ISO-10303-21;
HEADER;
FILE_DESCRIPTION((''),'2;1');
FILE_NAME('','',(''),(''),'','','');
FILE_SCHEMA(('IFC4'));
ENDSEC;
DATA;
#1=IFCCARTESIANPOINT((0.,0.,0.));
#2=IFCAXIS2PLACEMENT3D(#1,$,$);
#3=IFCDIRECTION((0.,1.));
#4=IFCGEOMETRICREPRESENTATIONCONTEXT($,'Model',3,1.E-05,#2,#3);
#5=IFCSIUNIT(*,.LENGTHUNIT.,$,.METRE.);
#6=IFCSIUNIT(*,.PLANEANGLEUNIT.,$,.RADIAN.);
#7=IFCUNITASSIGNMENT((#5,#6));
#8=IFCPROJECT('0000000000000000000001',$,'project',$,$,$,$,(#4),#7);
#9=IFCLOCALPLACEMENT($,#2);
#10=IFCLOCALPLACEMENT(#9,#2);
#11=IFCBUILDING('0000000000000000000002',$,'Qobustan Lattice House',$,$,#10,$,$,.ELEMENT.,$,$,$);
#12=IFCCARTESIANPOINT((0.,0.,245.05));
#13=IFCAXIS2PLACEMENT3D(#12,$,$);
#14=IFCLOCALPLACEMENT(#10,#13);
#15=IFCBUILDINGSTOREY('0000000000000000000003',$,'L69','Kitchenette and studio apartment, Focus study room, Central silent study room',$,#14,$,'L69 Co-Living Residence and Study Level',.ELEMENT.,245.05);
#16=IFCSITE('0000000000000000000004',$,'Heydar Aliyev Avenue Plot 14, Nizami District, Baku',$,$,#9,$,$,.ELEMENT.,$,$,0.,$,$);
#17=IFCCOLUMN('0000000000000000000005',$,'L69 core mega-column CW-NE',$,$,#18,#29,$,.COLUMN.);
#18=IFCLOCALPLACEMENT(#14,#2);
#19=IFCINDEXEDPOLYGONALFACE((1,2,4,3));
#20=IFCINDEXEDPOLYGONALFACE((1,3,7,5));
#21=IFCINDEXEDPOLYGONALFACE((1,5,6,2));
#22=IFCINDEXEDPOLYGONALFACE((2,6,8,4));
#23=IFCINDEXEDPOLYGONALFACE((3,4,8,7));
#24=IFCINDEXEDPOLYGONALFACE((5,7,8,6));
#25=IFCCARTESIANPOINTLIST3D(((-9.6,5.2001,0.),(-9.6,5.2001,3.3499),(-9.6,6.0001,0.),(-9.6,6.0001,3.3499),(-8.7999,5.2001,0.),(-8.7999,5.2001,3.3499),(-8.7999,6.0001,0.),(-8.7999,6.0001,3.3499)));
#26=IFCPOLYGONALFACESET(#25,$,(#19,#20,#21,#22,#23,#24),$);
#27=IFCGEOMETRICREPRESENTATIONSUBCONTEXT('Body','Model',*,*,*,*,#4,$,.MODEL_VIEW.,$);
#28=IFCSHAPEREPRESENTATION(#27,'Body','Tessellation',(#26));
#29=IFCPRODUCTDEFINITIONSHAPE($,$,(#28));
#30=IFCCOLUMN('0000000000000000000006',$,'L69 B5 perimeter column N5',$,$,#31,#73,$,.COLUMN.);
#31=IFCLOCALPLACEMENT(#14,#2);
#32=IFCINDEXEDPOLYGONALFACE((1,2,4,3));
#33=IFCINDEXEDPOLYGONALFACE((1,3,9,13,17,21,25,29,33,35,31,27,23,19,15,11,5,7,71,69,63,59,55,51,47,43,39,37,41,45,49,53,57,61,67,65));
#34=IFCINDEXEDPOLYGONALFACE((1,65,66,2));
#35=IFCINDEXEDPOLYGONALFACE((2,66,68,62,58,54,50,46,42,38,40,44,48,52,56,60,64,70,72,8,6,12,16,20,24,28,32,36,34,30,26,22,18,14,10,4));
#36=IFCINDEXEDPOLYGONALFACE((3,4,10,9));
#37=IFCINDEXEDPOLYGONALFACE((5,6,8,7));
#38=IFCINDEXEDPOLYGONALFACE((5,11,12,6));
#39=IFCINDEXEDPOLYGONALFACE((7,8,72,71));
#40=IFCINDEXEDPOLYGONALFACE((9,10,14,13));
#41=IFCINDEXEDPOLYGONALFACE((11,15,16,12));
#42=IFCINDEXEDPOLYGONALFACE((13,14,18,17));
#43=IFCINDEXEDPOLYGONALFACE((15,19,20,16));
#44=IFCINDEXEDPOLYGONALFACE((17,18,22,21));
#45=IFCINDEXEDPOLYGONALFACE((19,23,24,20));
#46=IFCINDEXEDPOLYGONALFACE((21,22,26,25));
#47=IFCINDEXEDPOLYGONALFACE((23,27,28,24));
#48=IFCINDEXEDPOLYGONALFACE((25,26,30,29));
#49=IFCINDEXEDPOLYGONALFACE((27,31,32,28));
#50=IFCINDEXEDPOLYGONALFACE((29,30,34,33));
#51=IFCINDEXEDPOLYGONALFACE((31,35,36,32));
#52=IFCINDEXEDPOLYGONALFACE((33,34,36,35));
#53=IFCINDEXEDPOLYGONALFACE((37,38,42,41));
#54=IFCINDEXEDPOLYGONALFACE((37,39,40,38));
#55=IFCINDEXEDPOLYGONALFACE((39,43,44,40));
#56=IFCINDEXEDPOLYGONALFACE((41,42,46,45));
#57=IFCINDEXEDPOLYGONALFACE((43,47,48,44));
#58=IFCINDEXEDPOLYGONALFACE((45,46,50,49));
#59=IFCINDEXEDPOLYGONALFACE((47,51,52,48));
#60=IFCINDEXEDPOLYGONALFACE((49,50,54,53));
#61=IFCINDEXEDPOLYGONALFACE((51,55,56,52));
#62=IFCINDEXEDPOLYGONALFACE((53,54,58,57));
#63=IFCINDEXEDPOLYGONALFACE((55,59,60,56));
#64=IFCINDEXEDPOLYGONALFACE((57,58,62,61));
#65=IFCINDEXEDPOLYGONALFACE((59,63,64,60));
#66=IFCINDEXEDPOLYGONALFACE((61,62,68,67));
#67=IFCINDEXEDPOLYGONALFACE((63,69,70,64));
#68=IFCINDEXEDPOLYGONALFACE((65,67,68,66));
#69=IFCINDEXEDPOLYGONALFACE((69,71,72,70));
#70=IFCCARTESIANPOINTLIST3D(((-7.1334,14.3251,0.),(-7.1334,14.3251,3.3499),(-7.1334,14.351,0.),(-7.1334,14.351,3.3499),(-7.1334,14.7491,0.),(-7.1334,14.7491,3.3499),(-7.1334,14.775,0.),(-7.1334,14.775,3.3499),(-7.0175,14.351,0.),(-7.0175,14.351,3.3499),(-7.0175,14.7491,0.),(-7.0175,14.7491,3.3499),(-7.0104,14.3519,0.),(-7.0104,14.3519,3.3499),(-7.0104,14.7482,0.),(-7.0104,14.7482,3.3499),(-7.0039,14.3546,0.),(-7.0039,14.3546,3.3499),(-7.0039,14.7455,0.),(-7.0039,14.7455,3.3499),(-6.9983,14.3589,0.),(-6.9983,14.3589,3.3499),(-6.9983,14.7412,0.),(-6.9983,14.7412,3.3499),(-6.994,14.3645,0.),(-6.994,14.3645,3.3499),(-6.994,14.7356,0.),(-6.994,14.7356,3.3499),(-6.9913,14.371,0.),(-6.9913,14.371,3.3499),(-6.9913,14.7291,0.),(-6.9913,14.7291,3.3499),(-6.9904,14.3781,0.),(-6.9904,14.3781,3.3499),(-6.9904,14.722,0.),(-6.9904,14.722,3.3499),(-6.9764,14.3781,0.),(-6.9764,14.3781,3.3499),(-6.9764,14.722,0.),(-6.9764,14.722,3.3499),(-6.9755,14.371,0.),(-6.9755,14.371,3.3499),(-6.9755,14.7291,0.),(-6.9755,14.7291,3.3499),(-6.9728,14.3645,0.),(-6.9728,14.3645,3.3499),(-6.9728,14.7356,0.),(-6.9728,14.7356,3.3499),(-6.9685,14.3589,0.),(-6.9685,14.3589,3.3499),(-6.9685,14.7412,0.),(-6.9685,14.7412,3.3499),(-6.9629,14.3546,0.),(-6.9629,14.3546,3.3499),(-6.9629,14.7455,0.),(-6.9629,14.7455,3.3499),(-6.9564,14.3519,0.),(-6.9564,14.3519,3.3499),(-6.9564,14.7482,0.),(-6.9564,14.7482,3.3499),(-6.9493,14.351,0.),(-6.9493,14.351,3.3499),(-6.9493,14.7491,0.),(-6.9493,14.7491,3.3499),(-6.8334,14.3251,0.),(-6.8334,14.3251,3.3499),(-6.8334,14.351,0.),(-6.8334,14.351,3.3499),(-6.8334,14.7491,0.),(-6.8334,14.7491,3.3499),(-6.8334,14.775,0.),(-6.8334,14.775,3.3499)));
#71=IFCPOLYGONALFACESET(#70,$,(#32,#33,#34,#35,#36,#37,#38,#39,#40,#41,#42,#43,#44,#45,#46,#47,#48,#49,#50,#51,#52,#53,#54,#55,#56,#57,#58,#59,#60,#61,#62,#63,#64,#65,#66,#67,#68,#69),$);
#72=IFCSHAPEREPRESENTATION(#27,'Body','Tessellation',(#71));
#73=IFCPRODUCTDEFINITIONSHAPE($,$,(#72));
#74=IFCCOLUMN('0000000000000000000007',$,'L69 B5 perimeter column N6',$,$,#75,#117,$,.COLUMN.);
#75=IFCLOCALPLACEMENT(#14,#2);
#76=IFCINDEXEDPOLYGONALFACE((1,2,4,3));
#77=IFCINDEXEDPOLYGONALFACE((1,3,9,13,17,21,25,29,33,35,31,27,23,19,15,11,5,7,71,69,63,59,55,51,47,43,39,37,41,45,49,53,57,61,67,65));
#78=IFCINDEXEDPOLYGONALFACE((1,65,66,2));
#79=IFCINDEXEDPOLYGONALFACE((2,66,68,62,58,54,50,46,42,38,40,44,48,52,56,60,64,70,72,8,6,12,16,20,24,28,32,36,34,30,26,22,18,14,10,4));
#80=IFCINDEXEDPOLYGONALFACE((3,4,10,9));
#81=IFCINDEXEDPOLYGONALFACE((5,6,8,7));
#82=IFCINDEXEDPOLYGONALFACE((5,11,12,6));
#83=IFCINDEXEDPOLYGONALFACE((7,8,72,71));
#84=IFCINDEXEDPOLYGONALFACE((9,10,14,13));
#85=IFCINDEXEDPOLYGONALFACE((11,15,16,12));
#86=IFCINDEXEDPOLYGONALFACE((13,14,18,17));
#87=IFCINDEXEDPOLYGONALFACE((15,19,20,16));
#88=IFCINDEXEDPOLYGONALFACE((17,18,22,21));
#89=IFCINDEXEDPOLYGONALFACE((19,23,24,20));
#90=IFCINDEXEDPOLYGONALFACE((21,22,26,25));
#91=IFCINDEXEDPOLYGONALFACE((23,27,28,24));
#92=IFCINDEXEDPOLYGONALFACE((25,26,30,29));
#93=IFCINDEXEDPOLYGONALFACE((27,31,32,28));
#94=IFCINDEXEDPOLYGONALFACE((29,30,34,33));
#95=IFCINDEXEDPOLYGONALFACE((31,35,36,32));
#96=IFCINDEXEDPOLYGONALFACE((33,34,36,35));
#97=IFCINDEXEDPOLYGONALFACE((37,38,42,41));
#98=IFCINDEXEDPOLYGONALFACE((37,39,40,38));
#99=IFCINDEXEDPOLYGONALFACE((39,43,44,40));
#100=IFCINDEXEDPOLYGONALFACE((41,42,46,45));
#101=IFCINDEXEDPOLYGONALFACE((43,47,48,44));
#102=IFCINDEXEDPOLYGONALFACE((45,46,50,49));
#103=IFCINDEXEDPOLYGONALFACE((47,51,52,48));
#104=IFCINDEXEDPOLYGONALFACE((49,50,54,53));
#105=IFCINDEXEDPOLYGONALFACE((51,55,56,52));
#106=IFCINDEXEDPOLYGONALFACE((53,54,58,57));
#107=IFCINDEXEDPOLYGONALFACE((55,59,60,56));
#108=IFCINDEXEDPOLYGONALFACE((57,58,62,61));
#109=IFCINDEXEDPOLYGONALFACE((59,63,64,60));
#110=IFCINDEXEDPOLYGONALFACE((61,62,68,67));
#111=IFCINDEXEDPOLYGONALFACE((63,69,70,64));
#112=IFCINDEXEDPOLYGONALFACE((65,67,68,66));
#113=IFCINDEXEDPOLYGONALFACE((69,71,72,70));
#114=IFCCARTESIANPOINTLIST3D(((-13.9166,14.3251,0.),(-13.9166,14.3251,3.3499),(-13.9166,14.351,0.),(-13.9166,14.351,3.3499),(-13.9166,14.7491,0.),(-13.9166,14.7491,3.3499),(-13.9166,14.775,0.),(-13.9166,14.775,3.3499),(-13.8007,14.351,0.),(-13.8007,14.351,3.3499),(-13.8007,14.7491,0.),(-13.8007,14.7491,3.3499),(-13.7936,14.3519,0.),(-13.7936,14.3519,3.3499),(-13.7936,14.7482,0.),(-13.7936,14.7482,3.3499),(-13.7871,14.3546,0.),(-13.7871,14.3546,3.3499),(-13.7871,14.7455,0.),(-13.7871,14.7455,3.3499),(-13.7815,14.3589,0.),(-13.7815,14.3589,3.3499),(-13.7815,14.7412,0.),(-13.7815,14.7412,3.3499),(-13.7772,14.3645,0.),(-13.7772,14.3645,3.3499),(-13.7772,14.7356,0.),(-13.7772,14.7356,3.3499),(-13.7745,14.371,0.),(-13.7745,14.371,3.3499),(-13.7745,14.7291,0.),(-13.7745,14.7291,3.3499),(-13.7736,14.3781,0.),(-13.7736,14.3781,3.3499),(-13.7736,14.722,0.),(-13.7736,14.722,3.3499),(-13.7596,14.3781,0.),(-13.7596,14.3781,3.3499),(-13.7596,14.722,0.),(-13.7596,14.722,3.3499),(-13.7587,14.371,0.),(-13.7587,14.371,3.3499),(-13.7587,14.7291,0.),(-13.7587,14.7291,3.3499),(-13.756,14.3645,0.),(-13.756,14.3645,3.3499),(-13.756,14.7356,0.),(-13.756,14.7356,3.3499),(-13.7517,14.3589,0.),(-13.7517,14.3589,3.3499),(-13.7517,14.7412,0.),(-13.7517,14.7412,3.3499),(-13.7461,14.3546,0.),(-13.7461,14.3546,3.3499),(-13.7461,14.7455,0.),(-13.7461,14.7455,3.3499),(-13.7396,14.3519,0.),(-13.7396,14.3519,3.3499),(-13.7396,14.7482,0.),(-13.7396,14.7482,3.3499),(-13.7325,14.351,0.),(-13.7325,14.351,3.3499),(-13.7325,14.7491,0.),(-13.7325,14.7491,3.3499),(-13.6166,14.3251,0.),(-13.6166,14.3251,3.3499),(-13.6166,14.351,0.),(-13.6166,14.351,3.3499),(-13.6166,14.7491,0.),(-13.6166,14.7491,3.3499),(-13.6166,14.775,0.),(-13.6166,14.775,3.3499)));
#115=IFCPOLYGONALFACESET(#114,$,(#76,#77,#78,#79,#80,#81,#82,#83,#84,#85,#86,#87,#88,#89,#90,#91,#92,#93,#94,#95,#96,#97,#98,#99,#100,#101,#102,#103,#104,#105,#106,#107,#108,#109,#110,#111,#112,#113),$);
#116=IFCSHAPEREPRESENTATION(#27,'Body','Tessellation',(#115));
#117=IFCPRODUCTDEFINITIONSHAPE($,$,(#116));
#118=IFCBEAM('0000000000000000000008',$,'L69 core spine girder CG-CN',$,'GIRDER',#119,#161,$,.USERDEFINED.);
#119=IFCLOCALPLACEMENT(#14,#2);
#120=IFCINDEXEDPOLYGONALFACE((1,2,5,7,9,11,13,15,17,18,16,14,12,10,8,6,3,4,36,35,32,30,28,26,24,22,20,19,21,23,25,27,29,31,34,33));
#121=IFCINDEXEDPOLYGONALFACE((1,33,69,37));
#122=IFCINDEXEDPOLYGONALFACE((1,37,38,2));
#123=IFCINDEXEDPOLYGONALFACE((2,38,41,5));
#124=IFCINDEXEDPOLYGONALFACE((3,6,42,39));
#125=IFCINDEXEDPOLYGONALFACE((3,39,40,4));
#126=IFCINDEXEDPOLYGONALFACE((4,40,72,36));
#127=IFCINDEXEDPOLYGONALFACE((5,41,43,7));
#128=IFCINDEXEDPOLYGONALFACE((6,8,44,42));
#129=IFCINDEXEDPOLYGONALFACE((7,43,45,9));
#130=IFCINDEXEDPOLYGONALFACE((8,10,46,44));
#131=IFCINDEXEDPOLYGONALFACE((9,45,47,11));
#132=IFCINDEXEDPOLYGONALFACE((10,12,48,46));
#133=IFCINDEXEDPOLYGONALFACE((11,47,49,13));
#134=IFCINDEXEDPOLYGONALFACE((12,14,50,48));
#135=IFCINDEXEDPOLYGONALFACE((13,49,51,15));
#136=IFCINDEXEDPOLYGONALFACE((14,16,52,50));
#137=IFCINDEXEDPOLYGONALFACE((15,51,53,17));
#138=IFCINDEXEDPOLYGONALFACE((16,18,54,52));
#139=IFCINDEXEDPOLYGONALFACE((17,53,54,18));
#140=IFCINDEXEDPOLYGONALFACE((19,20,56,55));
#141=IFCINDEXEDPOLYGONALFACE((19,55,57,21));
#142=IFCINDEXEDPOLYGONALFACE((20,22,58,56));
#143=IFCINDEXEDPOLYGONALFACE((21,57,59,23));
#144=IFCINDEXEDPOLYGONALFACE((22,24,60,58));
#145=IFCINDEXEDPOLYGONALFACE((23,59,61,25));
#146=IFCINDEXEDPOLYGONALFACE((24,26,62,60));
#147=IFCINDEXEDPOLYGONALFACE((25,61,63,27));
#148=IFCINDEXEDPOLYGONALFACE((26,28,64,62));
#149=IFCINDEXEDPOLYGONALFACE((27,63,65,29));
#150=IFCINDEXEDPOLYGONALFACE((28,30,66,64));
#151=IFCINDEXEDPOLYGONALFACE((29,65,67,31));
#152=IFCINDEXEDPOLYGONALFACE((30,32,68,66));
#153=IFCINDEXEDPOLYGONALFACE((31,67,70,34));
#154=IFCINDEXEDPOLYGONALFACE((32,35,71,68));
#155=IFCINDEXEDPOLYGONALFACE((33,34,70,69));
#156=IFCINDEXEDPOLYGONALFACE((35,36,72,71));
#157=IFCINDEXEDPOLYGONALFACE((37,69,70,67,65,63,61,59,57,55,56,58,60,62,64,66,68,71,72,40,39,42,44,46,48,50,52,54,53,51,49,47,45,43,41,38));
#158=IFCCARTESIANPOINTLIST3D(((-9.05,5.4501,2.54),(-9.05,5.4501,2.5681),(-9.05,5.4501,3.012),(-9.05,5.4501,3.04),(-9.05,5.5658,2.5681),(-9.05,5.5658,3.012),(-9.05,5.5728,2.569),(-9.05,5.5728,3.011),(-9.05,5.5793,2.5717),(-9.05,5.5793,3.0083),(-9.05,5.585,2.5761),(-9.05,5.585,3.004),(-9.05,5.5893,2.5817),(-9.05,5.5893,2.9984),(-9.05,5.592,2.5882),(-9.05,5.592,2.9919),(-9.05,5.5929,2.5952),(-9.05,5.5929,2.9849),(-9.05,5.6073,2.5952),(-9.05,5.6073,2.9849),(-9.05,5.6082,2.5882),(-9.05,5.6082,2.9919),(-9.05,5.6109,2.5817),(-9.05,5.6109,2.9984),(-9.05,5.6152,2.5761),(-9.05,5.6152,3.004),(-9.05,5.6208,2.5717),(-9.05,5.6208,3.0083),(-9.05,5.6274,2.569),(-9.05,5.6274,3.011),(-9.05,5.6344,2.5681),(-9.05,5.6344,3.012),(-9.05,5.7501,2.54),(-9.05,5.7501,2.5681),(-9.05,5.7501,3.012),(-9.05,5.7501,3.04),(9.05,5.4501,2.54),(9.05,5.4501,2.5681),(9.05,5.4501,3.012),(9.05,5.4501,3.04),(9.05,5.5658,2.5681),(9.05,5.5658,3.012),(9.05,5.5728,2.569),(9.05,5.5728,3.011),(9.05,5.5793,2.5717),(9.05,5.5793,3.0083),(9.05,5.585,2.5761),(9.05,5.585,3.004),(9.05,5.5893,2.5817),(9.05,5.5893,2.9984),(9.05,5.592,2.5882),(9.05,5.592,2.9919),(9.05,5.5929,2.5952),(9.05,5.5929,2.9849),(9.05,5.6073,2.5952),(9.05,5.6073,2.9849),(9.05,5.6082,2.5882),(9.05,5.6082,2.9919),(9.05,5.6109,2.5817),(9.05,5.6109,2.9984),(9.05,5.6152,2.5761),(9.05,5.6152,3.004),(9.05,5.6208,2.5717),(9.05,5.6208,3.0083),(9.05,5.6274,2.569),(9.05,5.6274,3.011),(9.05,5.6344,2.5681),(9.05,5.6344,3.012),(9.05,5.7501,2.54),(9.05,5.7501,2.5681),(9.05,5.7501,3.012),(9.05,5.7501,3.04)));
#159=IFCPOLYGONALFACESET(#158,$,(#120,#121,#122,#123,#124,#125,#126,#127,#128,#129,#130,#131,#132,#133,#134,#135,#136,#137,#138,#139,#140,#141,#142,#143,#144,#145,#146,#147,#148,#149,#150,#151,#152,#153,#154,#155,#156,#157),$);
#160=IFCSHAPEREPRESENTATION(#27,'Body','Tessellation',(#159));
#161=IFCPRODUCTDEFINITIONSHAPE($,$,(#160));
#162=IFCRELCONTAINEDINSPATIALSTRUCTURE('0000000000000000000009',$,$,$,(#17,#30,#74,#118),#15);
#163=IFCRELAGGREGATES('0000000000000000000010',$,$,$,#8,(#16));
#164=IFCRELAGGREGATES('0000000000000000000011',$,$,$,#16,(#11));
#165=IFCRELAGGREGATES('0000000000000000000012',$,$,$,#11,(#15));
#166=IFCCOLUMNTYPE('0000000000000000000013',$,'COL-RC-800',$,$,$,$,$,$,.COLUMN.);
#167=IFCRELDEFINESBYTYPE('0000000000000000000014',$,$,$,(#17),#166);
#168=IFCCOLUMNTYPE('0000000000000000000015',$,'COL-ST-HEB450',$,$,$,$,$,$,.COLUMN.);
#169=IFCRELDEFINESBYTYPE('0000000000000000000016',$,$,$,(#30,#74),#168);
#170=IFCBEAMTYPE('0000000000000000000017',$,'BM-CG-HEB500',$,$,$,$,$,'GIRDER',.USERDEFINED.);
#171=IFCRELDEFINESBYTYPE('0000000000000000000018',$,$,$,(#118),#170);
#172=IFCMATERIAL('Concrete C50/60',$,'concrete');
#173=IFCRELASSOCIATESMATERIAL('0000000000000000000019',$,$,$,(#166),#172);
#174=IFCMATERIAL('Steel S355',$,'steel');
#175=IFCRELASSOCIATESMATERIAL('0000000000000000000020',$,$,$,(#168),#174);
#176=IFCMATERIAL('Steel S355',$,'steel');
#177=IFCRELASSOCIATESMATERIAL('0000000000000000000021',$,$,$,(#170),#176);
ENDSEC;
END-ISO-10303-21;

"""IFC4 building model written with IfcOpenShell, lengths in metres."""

from ifc_helpers import new_model, si_unit, direction, frame, origin, origin_2d, place, context, subcontext, project, spatial, rectangle, i_section, extrude, material, material_profile, profile_set, type_object, element, save


model = new_model("IFC4")

# Units and contexts
model_context = context("Model", 3, precision=1e-05, world=origin(), true_north=direction((0.0, 1.0)))
body_context = subcontext(model_context, "Body", "Model", "MODEL_VIEW")
ifc_project = project(units=[si_unit("LENGTHUNIT", "METRE"), si_unit("PLANEANGLEUNIT", "RADIAN")], contexts=[model_context])

# Site, building, storey
site_placement = place(None, origin())
site = spatial("IfcSite", under=ifc_project, at=site_placement, Name="Heydar Aliyev Avenue Plot 14, Nizami District, Baku", CompositionType="ELEMENT", RefElevation=0.0)
building_placement = place(site_placement, origin())
building = spatial("IfcBuilding", under=site, at=building_placement, Name="Qobustan Lattice House", CompositionType="ELEMENT")
storey_placement = place(building_placement, frame((0.0, 0.0, 245.05)))
storey = spatial("IfcBuildingStorey", under=building, at=storey_placement, Name="L69", Description="Kitchenette and studio apartment, Focus study room, Central silent study room", LongName="L69 Co-Living Residence and Study Level", CompositionType="ELEMENT", Elevation=245.05)

# Columns
ifc_material_1 = material(Name="Concrete C50/60", Category="concrete")
ifc_material_profile_1 = material_profile(ifc_material_1, rectangle(XDim=0.8, YDim=0.8, at=origin_2d()), Name="RC800x800")
ifc_profile_set_1 = profile_set([ifc_material_profile_1], Name="Concrete C50/60")
column_type_1 = type_object("IfcColumnType", Name="COL-RC-800", PredefinedType="COLUMN", material=ifc_profile_set_1)
column_placement = place(storey_placement, frame((-9.2, 5.6001, 0.0), z_axis=(0.0, 0.0, 1.0), x_axis=(1.0, 0.0, 0.0)))
element("IfcColumn", 1, at=column_placement, inside=storey, type_object=column_type_1, Name="L69 core mega-column CW-NE", PredefinedType="COLUMN", context=body_context, shape_type="SweptSolid", body=[
    extrude(rectangle(XDim=0.8, YDim=0.8, at=origin_2d()), origin(), (0.0, 0.0, 1.0), 3.3499),
])
ifc_material_2 = material(Name="Steel S355", Category="steel")
ifc_material_profile_2 = material_profile(ifc_material_2, i_section(OverallWidth=0.3, OverallDepth=0.45, WebThickness=0.0139, FlangeThickness=0.0259, FilletRadius=0.0271, at=origin_2d()), Name="HEB450")
ifc_profile_set_2 = profile_set([ifc_material_profile_2], Name="Steel S355")
column_type_2 = type_object("IfcColumnType", Name="COL-ST-HEB450", PredefinedType="COLUMN", material=ifc_profile_set_2)
for number, where, z_axis, x_axis, name in (
    (2, (-6.9834, 14.55, 0.0), (0.0, 0.0, 1.0), (1.0, 0.0, 0.0), "L69 B5 perimeter column N5"),
    (3, (-13.7666, 14.55, 0.0), (0.0, 0.0, 1.0), (1.0, 0.0, 0.0), "L69 B5 perimeter column N6"),
):
    element("IfcColumn", number, at=place(storey_placement, frame(where, z_axis=z_axis, x_axis=x_axis)), inside=storey, type_object=column_type_2, Name=name, PredefinedType="COLUMN", context=body_context, shape_type="SweptSolid", body=[
        extrude(i_section(OverallWidth=0.3, OverallDepth=0.45, WebThickness=0.0139, FlangeThickness=0.0259, FilletRadius=0.0271, at=origin_2d()), origin(), (0.0, 0.0, 1.0), 3.3499),
    ])

# Beam
ifc_material_3 = material(Name="Steel S355", Category="steel")
ifc_material_profile_3 = material_profile(ifc_material_3, i_section(OverallWidth=0.3, OverallDepth=0.5, WebThickness=0.0144, FlangeThickness=0.0281, FilletRadius=0.0271, at=origin_2d()), Name="HEB500")
ifc_profile_set_3 = profile_set([ifc_material_profile_3], Name="Steel S355")
beam_type_1 = type_object("IfcBeamType", Name="BM-CG-HEB500", ElementType="GIRDER", PredefinedType="USERDEFINED", material=ifc_profile_set_3)
beam_1_placement = place(storey_placement, frame((-9.05, 5.6001, 2.79), z_axis=(1.0, 0.0, 0.0), x_axis=(0.0, 1.0, 0.0)))
element("IfcBeam", 4, at=beam_1_placement, inside=storey, type_object=beam_type_1, Name="L69 core spine girder CG-CN", ObjectType="GIRDER", PredefinedType="USERDEFINED", context=body_context, shape_type="SweptSolid", body=[
    extrude(i_section(OverallWidth=0.3, OverallDepth=0.5, WebThickness=0.0144, FlangeThickness=0.0281, FilletRadius=0.0271, at=origin_2d()), origin(), (0.0, 0.0, 1.0), 18.1001),
])

save(model, "model.ifc")
